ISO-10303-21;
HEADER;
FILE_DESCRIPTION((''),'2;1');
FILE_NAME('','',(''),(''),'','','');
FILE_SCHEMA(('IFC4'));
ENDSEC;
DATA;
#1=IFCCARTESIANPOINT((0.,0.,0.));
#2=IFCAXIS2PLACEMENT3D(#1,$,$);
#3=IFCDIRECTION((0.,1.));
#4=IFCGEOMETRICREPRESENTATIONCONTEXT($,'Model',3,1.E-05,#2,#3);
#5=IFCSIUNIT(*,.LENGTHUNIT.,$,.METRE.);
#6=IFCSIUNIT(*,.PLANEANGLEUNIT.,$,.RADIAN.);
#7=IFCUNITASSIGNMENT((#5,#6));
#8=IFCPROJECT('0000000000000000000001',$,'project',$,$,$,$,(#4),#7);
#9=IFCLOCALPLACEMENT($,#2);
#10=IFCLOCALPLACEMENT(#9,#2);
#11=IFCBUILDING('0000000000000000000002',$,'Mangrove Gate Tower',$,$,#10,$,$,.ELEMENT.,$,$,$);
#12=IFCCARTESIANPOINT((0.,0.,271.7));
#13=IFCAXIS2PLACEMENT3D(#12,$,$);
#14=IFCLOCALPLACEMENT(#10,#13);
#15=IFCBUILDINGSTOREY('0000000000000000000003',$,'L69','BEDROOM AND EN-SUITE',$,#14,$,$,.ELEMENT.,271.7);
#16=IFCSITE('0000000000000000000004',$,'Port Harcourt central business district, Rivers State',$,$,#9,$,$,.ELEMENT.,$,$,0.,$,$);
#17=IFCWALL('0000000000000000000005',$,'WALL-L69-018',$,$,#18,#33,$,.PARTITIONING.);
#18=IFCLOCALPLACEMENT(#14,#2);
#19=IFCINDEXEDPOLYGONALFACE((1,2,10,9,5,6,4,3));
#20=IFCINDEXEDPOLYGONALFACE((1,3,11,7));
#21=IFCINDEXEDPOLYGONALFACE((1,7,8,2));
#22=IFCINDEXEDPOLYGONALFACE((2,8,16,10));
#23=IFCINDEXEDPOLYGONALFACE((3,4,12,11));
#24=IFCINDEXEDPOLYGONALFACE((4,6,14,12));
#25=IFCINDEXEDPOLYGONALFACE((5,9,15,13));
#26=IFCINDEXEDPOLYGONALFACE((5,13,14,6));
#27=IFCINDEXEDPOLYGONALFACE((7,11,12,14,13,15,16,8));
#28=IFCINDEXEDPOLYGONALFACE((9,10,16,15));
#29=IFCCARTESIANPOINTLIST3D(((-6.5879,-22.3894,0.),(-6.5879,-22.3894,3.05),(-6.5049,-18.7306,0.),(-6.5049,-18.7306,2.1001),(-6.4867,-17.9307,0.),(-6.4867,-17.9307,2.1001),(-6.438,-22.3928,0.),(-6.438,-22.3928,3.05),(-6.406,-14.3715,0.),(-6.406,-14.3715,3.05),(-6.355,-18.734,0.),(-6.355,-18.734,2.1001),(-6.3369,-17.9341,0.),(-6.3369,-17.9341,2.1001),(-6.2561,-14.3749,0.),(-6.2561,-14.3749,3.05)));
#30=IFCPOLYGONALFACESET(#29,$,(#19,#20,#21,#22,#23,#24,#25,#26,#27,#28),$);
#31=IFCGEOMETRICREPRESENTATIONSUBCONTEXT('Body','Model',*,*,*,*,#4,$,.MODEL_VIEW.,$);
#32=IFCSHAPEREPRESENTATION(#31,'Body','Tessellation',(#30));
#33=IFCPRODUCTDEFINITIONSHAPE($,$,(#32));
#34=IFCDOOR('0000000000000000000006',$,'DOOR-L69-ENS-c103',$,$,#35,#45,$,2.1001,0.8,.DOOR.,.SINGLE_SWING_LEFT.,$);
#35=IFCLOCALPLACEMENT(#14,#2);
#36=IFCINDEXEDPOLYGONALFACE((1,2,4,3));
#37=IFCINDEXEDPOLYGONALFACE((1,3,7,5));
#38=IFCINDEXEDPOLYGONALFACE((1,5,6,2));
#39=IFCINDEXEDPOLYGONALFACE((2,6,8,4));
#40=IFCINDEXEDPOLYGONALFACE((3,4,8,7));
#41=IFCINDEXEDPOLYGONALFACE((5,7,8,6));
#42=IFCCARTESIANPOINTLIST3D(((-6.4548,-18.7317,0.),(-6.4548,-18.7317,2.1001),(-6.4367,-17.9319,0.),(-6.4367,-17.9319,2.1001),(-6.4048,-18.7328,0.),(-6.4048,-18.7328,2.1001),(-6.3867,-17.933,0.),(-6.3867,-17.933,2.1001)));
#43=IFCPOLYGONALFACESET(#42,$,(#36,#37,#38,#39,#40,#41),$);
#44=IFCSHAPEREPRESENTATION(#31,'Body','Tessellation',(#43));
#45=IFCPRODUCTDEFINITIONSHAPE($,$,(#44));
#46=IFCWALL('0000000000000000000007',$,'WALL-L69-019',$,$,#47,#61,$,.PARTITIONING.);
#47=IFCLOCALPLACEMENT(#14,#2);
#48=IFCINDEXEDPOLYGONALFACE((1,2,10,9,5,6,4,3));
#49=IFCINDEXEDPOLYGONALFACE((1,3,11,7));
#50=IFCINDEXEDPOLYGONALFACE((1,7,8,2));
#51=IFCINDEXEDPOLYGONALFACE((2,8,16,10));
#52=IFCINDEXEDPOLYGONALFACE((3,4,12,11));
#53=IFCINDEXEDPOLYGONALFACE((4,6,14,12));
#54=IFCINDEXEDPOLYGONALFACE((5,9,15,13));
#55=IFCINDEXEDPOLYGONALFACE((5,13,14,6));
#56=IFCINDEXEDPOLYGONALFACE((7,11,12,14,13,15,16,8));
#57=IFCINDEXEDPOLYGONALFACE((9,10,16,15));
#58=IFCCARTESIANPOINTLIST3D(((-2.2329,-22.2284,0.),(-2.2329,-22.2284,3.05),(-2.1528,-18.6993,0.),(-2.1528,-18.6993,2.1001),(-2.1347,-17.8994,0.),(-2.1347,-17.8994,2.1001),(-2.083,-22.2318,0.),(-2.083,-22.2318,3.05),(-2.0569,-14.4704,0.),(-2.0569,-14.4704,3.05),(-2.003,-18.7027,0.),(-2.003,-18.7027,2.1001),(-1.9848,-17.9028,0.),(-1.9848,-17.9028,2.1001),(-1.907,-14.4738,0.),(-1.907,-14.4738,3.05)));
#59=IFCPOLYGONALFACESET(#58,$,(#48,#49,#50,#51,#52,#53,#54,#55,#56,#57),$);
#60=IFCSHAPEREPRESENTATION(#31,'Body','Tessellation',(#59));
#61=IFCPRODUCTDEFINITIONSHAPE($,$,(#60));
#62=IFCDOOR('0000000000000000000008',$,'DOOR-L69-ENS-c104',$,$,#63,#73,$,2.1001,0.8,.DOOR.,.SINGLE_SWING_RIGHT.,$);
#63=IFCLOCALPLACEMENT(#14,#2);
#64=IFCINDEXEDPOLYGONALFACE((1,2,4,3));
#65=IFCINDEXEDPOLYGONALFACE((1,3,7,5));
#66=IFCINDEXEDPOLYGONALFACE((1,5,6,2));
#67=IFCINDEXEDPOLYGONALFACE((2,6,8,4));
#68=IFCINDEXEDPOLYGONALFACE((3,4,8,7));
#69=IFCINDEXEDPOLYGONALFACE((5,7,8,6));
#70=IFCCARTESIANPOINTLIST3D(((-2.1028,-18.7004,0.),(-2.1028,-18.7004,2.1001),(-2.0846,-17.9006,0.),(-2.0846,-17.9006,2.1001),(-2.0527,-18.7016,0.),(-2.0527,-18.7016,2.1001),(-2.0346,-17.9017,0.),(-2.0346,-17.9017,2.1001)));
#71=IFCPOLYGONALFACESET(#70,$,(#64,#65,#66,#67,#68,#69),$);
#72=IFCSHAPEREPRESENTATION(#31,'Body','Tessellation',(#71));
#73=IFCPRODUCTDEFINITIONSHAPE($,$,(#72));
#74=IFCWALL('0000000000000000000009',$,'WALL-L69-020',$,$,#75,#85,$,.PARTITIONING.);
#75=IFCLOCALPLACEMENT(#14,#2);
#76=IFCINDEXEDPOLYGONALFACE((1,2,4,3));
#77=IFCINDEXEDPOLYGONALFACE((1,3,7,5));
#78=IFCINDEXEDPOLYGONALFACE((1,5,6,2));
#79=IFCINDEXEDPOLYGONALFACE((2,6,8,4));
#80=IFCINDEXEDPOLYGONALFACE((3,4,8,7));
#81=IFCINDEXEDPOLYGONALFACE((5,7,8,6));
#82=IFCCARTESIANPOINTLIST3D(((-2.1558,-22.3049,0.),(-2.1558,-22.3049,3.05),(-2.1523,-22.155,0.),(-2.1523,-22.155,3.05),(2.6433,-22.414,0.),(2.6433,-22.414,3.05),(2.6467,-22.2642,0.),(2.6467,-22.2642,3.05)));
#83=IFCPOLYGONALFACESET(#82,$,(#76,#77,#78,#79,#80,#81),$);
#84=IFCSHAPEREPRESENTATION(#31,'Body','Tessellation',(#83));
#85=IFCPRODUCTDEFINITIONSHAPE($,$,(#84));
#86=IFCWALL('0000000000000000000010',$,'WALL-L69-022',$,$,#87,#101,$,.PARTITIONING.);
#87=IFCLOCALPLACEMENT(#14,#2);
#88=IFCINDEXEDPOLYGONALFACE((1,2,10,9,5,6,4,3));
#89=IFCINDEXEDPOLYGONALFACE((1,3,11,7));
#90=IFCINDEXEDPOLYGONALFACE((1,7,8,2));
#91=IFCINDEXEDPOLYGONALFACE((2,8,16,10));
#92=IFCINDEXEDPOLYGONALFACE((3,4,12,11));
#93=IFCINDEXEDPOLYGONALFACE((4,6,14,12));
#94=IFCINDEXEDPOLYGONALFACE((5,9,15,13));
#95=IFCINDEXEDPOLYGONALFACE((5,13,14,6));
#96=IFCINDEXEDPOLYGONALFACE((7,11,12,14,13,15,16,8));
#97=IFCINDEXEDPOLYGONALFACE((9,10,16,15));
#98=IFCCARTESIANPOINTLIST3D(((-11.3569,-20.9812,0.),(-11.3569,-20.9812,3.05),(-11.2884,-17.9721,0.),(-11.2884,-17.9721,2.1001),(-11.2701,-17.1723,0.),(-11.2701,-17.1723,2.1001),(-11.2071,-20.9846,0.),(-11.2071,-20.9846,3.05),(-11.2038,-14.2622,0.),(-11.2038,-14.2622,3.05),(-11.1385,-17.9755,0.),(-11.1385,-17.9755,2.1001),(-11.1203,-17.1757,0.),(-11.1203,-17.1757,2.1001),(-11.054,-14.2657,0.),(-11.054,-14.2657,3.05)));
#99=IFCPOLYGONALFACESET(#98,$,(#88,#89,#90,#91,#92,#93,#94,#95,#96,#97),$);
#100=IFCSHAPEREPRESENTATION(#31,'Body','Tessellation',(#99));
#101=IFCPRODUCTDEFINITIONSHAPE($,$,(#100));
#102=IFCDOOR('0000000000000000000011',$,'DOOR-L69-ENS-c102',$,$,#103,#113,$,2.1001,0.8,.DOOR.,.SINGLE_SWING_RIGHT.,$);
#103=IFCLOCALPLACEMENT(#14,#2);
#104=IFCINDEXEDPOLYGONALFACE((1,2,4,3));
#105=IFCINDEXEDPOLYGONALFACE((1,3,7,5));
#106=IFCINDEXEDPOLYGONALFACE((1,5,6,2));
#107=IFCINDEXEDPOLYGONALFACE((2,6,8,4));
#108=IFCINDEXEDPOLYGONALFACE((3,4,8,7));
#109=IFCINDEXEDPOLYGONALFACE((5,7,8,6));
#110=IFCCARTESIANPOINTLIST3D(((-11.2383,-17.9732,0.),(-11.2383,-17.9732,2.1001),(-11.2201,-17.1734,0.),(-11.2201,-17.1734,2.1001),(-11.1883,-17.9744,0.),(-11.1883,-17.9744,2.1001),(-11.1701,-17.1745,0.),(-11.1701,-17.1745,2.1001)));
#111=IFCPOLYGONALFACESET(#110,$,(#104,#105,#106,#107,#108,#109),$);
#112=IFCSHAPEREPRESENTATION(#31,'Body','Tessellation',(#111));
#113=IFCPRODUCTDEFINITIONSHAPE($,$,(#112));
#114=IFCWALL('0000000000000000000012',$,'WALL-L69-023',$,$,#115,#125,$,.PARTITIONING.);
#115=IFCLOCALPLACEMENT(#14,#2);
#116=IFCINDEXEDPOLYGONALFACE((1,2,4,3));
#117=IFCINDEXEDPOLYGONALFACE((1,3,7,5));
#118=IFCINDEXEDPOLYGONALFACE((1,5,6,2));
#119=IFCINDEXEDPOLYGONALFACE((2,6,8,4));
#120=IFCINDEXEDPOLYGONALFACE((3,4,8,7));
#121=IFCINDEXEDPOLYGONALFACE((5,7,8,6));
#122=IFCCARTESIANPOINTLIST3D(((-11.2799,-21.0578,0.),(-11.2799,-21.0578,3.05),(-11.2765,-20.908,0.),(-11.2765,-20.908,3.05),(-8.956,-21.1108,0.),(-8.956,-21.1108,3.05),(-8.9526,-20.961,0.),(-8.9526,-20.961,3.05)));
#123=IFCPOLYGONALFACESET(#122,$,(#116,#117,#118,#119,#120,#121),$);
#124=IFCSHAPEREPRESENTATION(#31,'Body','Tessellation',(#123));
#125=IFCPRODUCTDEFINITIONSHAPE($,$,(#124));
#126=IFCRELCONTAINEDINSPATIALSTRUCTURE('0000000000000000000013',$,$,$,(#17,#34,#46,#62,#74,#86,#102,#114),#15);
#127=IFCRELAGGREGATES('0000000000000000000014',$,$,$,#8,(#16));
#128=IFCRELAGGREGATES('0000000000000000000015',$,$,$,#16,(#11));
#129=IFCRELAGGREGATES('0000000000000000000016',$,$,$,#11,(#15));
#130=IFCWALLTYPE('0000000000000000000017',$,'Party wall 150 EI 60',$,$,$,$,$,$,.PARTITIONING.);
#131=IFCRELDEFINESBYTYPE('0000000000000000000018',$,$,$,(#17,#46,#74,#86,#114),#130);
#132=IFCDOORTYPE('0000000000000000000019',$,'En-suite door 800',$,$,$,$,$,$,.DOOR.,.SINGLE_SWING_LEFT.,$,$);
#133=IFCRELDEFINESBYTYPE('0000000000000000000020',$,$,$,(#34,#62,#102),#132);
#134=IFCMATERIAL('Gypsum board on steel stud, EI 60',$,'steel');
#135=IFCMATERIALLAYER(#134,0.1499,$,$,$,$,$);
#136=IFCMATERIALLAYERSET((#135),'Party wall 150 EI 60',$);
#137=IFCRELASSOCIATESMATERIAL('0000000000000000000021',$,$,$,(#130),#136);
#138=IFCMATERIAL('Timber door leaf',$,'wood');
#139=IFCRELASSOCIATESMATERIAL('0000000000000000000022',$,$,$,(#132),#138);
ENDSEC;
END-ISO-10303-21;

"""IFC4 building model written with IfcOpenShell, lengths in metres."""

from ifc_helpers import new_model, si_unit, direction, frame, frame_2d, origin, place, context, subcontext, project, spatial, rectangle, extrude, material, layer, layer_set, type_object, element, fill, save


model = new_model("IFC4")

# Units and contexts
model_context = context("Model", 3, precision=1e-05, world=origin(), true_north=direction((0.0, 1.0)))
body_context = subcontext(model_context, "Body", "Model", "MODEL_VIEW")
ifc_project = project(units=[si_unit("LENGTHUNIT", "METRE"), si_unit("PLANEANGLEUNIT", "RADIAN")], contexts=[model_context])

# Site, building, storey
site_placement = place(None, origin())
site = spatial("IfcSite", under=ifc_project, at=site_placement, Name="Port Harcourt central business district, Rivers State", CompositionType="ELEMENT", RefElevation=0.0)
building_placement = place(site_placement, origin())
building = spatial("IfcBuilding", under=site, at=building_placement, Name="Mangrove Gate Tower", CompositionType="ELEMENT")
storey_placement = place(building_placement, frame((0.0, 0.0, 271.7)))
storey = spatial("IfcBuildingStorey", under=building, at=storey_placement, Name="L69", Description="BEDROOM AND EN-SUITE", CompositionType="ELEMENT", Elevation=271.7)

# Shared definitions
ifc_material_1 = material(Name="Gypsum board on steel stud, EI 60", Category="steel")
ifc_layer_1 = layer(ifc_material_1, 0.1499)
ifc_layer_set_1 = layer_set([ifc_layer_1], Name="Party wall 150 EI 60")
wall_type_1 = type_object("IfcWallType", Name="Party wall 150 EI 60", PredefinedType="PARTITIONING", material=ifc_layer_set_1)

# Shared definitions
ifc_material_2 = material(Name="Timber door leaf", Category="wood")
door_type = type_object("IfcDoorType", Name="En-suite door 800", OperationType="SINGLE_SWING_LEFT", PredefinedType="DOOR", material=ifc_material_2)

# Walls, openings, doors
wall_1_placement = place(storey_placement, frame((-6.5129, -22.3911, 0.0), z_axis=(0.0, 0.0, 1.0), x_axis=(0.022679, 0.999743, 0.0)))
wall_1 = element("IfcWall", 1, at=wall_1_placement, inside=storey, type_object=wall_type_1, Name="WALL-L69-018", PredefinedType="PARTITIONING", context=body_context, shape_type="SweptSolid", body=[
    extrude(rectangle(XDim=8.02, YDim=0.1499, at=frame_2d((4.01, 0.0))), origin(), (0.0, 0.0, 1.0), 3.05),
])
opening_1_placement = place(wall_1_placement, frame((3.6599, 0.0, 0.0)))
opening_1 = element("IfcOpeningElement", 2, at=opening_1_placement, cuts=wall_1, PredefinedType="OPENING", context=body_context, shape_type="SweptSolid", body=[
    extrude(rectangle(XDim=0.8, YDim=2.1001, at=frame_2d((0.3999, 1.05))), frame((0.0, 0.085, 0.0), z_axis=(0.0, -1.0, 0.0), x_axis=(1.0, 0.0, 0.0)), (0.0, 0.0, 1.0), 0.1699),
])
door_1_placement = place(opening_1_placement, origin())
door_1 = element("IfcDoor", 3, at=door_1_placement, inside=storey, type_object=door_type, Name="DOOR-L69-ENS-c103", OperationType="SINGLE_SWING_LEFT", OverallHeight=2.1001, OverallWidth=0.8, PredefinedType="DOOR", context=body_context, shape_type="SweptSolid", body=[
    extrude(rectangle(XDim=0.8, YDim=2.1001, at=frame_2d((0.3999, 1.05))), frame((0.0, 0.0249, 0.0), z_axis=(0.0, -1.0, 0.0), x_axis=(1.0, 0.0, 0.0)), (0.0, 0.0, 1.0), 0.05),
])
fill(opening_1, door_1)
wall_2_placement = place(storey_placement, frame((-2.158, -22.23, 0.0), z_axis=(0.0, 0.0, 1.0), x_axis=(0.022684, 0.999743, 0.0)))
wall_2 = element("IfcWall", 4, at=wall_2_placement, inside=storey, type_object=wall_type_1, Name="WALL-L69-019", PredefinedType="PARTITIONING", context=body_context, shape_type="SweptSolid", body=[
    extrude(rectangle(XDim=7.76, YDim=0.1499, at=frame_2d((3.8799, 0.0))), origin(), (0.0, 0.0, 1.0), 3.05),
])
opening_2_placement = place(wall_2_placement, frame((3.53, 0.0, 0.0)))
opening_2 = element("IfcOpeningElement", 5, at=opening_2_placement, cuts=wall_2, PredefinedType="OPENING", context=body_context, shape_type="SweptSolid", body=[
    extrude(rectangle(XDim=0.8, YDim=2.1001, at=frame_2d((0.3999, 1.05))), frame((0.0, 0.085, 0.0), z_axis=(0.0, -1.0, 0.0), x_axis=(1.0, 0.0, 0.0)), (0.0, 0.0, 1.0), 0.1699),
])
door_2_placement = place(opening_2_placement, origin())
door_2 = element("IfcDoor", 6, at=door_2_placement, inside=storey, type_object=door_type, Name="DOOR-L69-ENS-c104", OperationType="SINGLE_SWING_RIGHT", OverallHeight=2.1001, OverallWidth=0.8, PredefinedType="DOOR", context=body_context, shape_type="SweptSolid", body=[
    extrude(rectangle(XDim=0.8, YDim=2.1001, at=frame_2d((0.3999, 1.05))), frame((0.0, 0.0249, 0.0), z_axis=(0.0, -1.0, 0.0), x_axis=(1.0, 0.0, 0.0)), (0.0, 0.0, 1.0), 0.05),
])
fill(opening_2, door_2)

# Wall
wall_3_placement = place(storey_placement, frame((-2.1541, -22.23, 0.0), z_axis=(0.0, 0.0, 1.0), x_axis=(0.999742, -0.022734, 0.0)))
element("IfcWall", 7, at=wall_3_placement, inside=storey, type_object=wall_type_1, Name="WALL-L69-020", PredefinedType="PARTITIONING", context=body_context, shape_type="SweptSolid", body=[
    extrude(rectangle(XDim=4.8003, YDim=0.1499, at=frame_2d((2.4001, 0.0))), origin(), (0.0, 0.0, 1.0), 3.05),
])

# Wall, opening, door
wall_4_placement = place(storey_placement, frame((-11.282, -20.9829, 0.0), z_axis=(0.0, 0.0, 1.0), x_axis=(0.022777, 0.999741, 0.0)))
wall_4 = element("IfcWall", 8, at=wall_4_placement, inside=storey, type_object=wall_type_1, Name="WALL-L69-022", PredefinedType="PARTITIONING", context=body_context, shape_type="SweptSolid", body=[
    extrude(rectangle(XDim=6.7207, YDim=0.1499, at=frame_2d((3.3604, 0.0))), origin(), (0.0, 0.0, 1.0), 3.05),
])
opening_3_placement = place(wall_4_placement, frame((3.01, 0.0, 0.0)))
opening_3 = element("IfcOpeningElement", 9, at=opening_3_placement, cuts=wall_4, PredefinedType="OPENING", context=body_context, shape_type="SweptSolid", body=[
    extrude(rectangle(XDim=0.8, YDim=2.1001, at=frame_2d((0.3999, 1.05))), frame((0.0, 0.085, 0.0), z_axis=(0.0, -1.0, 0.0), x_axis=(1.0, 0.0, 0.0)), (0.0, 0.0, 1.0), 0.1699),
])
door_3_placement = place(opening_3_placement, origin())
door_3 = element("IfcDoor", 10, at=door_3_placement, inside=storey, type_object=door_type, Name="DOOR-L69-ENS-c102", OperationType="SINGLE_SWING_RIGHT", OverallHeight=2.1001, OverallWidth=0.8, PredefinedType="DOOR", context=body_context, shape_type="SweptSolid", body=[
    extrude(rectangle(XDim=0.8, YDim=2.1001, at=frame_2d((0.3999, 1.05))), frame((0.0, 0.0249, 0.0), z_axis=(0.0, -1.0, 0.0), x_axis=(1.0, 0.0, 0.0)), (0.0, 0.0, 1.0), 0.05),
])
fill(opening_3, door_3)

# Wall
wall_5_placement = place(storey_placement, frame((-11.2781, -20.9829, 0.0), z_axis=(0.0, 0.0, 1.0), x_axis=(0.99974, -0.022791, 0.0)))
element("IfcWall", 11, at=wall_5_placement, inside=storey, type_object=wall_type_1, Name="WALL-L69-023", PredefinedType="PARTITIONING", context=body_context, shape_type="SweptSolid", body=[
    extrude(rectangle(XDim=2.3245, YDim=0.1499, at=frame_2d((1.1621, 0.0))), origin(), (0.0, 0.0, 1.0), 3.05),
])

save(model, "model.ifc")
